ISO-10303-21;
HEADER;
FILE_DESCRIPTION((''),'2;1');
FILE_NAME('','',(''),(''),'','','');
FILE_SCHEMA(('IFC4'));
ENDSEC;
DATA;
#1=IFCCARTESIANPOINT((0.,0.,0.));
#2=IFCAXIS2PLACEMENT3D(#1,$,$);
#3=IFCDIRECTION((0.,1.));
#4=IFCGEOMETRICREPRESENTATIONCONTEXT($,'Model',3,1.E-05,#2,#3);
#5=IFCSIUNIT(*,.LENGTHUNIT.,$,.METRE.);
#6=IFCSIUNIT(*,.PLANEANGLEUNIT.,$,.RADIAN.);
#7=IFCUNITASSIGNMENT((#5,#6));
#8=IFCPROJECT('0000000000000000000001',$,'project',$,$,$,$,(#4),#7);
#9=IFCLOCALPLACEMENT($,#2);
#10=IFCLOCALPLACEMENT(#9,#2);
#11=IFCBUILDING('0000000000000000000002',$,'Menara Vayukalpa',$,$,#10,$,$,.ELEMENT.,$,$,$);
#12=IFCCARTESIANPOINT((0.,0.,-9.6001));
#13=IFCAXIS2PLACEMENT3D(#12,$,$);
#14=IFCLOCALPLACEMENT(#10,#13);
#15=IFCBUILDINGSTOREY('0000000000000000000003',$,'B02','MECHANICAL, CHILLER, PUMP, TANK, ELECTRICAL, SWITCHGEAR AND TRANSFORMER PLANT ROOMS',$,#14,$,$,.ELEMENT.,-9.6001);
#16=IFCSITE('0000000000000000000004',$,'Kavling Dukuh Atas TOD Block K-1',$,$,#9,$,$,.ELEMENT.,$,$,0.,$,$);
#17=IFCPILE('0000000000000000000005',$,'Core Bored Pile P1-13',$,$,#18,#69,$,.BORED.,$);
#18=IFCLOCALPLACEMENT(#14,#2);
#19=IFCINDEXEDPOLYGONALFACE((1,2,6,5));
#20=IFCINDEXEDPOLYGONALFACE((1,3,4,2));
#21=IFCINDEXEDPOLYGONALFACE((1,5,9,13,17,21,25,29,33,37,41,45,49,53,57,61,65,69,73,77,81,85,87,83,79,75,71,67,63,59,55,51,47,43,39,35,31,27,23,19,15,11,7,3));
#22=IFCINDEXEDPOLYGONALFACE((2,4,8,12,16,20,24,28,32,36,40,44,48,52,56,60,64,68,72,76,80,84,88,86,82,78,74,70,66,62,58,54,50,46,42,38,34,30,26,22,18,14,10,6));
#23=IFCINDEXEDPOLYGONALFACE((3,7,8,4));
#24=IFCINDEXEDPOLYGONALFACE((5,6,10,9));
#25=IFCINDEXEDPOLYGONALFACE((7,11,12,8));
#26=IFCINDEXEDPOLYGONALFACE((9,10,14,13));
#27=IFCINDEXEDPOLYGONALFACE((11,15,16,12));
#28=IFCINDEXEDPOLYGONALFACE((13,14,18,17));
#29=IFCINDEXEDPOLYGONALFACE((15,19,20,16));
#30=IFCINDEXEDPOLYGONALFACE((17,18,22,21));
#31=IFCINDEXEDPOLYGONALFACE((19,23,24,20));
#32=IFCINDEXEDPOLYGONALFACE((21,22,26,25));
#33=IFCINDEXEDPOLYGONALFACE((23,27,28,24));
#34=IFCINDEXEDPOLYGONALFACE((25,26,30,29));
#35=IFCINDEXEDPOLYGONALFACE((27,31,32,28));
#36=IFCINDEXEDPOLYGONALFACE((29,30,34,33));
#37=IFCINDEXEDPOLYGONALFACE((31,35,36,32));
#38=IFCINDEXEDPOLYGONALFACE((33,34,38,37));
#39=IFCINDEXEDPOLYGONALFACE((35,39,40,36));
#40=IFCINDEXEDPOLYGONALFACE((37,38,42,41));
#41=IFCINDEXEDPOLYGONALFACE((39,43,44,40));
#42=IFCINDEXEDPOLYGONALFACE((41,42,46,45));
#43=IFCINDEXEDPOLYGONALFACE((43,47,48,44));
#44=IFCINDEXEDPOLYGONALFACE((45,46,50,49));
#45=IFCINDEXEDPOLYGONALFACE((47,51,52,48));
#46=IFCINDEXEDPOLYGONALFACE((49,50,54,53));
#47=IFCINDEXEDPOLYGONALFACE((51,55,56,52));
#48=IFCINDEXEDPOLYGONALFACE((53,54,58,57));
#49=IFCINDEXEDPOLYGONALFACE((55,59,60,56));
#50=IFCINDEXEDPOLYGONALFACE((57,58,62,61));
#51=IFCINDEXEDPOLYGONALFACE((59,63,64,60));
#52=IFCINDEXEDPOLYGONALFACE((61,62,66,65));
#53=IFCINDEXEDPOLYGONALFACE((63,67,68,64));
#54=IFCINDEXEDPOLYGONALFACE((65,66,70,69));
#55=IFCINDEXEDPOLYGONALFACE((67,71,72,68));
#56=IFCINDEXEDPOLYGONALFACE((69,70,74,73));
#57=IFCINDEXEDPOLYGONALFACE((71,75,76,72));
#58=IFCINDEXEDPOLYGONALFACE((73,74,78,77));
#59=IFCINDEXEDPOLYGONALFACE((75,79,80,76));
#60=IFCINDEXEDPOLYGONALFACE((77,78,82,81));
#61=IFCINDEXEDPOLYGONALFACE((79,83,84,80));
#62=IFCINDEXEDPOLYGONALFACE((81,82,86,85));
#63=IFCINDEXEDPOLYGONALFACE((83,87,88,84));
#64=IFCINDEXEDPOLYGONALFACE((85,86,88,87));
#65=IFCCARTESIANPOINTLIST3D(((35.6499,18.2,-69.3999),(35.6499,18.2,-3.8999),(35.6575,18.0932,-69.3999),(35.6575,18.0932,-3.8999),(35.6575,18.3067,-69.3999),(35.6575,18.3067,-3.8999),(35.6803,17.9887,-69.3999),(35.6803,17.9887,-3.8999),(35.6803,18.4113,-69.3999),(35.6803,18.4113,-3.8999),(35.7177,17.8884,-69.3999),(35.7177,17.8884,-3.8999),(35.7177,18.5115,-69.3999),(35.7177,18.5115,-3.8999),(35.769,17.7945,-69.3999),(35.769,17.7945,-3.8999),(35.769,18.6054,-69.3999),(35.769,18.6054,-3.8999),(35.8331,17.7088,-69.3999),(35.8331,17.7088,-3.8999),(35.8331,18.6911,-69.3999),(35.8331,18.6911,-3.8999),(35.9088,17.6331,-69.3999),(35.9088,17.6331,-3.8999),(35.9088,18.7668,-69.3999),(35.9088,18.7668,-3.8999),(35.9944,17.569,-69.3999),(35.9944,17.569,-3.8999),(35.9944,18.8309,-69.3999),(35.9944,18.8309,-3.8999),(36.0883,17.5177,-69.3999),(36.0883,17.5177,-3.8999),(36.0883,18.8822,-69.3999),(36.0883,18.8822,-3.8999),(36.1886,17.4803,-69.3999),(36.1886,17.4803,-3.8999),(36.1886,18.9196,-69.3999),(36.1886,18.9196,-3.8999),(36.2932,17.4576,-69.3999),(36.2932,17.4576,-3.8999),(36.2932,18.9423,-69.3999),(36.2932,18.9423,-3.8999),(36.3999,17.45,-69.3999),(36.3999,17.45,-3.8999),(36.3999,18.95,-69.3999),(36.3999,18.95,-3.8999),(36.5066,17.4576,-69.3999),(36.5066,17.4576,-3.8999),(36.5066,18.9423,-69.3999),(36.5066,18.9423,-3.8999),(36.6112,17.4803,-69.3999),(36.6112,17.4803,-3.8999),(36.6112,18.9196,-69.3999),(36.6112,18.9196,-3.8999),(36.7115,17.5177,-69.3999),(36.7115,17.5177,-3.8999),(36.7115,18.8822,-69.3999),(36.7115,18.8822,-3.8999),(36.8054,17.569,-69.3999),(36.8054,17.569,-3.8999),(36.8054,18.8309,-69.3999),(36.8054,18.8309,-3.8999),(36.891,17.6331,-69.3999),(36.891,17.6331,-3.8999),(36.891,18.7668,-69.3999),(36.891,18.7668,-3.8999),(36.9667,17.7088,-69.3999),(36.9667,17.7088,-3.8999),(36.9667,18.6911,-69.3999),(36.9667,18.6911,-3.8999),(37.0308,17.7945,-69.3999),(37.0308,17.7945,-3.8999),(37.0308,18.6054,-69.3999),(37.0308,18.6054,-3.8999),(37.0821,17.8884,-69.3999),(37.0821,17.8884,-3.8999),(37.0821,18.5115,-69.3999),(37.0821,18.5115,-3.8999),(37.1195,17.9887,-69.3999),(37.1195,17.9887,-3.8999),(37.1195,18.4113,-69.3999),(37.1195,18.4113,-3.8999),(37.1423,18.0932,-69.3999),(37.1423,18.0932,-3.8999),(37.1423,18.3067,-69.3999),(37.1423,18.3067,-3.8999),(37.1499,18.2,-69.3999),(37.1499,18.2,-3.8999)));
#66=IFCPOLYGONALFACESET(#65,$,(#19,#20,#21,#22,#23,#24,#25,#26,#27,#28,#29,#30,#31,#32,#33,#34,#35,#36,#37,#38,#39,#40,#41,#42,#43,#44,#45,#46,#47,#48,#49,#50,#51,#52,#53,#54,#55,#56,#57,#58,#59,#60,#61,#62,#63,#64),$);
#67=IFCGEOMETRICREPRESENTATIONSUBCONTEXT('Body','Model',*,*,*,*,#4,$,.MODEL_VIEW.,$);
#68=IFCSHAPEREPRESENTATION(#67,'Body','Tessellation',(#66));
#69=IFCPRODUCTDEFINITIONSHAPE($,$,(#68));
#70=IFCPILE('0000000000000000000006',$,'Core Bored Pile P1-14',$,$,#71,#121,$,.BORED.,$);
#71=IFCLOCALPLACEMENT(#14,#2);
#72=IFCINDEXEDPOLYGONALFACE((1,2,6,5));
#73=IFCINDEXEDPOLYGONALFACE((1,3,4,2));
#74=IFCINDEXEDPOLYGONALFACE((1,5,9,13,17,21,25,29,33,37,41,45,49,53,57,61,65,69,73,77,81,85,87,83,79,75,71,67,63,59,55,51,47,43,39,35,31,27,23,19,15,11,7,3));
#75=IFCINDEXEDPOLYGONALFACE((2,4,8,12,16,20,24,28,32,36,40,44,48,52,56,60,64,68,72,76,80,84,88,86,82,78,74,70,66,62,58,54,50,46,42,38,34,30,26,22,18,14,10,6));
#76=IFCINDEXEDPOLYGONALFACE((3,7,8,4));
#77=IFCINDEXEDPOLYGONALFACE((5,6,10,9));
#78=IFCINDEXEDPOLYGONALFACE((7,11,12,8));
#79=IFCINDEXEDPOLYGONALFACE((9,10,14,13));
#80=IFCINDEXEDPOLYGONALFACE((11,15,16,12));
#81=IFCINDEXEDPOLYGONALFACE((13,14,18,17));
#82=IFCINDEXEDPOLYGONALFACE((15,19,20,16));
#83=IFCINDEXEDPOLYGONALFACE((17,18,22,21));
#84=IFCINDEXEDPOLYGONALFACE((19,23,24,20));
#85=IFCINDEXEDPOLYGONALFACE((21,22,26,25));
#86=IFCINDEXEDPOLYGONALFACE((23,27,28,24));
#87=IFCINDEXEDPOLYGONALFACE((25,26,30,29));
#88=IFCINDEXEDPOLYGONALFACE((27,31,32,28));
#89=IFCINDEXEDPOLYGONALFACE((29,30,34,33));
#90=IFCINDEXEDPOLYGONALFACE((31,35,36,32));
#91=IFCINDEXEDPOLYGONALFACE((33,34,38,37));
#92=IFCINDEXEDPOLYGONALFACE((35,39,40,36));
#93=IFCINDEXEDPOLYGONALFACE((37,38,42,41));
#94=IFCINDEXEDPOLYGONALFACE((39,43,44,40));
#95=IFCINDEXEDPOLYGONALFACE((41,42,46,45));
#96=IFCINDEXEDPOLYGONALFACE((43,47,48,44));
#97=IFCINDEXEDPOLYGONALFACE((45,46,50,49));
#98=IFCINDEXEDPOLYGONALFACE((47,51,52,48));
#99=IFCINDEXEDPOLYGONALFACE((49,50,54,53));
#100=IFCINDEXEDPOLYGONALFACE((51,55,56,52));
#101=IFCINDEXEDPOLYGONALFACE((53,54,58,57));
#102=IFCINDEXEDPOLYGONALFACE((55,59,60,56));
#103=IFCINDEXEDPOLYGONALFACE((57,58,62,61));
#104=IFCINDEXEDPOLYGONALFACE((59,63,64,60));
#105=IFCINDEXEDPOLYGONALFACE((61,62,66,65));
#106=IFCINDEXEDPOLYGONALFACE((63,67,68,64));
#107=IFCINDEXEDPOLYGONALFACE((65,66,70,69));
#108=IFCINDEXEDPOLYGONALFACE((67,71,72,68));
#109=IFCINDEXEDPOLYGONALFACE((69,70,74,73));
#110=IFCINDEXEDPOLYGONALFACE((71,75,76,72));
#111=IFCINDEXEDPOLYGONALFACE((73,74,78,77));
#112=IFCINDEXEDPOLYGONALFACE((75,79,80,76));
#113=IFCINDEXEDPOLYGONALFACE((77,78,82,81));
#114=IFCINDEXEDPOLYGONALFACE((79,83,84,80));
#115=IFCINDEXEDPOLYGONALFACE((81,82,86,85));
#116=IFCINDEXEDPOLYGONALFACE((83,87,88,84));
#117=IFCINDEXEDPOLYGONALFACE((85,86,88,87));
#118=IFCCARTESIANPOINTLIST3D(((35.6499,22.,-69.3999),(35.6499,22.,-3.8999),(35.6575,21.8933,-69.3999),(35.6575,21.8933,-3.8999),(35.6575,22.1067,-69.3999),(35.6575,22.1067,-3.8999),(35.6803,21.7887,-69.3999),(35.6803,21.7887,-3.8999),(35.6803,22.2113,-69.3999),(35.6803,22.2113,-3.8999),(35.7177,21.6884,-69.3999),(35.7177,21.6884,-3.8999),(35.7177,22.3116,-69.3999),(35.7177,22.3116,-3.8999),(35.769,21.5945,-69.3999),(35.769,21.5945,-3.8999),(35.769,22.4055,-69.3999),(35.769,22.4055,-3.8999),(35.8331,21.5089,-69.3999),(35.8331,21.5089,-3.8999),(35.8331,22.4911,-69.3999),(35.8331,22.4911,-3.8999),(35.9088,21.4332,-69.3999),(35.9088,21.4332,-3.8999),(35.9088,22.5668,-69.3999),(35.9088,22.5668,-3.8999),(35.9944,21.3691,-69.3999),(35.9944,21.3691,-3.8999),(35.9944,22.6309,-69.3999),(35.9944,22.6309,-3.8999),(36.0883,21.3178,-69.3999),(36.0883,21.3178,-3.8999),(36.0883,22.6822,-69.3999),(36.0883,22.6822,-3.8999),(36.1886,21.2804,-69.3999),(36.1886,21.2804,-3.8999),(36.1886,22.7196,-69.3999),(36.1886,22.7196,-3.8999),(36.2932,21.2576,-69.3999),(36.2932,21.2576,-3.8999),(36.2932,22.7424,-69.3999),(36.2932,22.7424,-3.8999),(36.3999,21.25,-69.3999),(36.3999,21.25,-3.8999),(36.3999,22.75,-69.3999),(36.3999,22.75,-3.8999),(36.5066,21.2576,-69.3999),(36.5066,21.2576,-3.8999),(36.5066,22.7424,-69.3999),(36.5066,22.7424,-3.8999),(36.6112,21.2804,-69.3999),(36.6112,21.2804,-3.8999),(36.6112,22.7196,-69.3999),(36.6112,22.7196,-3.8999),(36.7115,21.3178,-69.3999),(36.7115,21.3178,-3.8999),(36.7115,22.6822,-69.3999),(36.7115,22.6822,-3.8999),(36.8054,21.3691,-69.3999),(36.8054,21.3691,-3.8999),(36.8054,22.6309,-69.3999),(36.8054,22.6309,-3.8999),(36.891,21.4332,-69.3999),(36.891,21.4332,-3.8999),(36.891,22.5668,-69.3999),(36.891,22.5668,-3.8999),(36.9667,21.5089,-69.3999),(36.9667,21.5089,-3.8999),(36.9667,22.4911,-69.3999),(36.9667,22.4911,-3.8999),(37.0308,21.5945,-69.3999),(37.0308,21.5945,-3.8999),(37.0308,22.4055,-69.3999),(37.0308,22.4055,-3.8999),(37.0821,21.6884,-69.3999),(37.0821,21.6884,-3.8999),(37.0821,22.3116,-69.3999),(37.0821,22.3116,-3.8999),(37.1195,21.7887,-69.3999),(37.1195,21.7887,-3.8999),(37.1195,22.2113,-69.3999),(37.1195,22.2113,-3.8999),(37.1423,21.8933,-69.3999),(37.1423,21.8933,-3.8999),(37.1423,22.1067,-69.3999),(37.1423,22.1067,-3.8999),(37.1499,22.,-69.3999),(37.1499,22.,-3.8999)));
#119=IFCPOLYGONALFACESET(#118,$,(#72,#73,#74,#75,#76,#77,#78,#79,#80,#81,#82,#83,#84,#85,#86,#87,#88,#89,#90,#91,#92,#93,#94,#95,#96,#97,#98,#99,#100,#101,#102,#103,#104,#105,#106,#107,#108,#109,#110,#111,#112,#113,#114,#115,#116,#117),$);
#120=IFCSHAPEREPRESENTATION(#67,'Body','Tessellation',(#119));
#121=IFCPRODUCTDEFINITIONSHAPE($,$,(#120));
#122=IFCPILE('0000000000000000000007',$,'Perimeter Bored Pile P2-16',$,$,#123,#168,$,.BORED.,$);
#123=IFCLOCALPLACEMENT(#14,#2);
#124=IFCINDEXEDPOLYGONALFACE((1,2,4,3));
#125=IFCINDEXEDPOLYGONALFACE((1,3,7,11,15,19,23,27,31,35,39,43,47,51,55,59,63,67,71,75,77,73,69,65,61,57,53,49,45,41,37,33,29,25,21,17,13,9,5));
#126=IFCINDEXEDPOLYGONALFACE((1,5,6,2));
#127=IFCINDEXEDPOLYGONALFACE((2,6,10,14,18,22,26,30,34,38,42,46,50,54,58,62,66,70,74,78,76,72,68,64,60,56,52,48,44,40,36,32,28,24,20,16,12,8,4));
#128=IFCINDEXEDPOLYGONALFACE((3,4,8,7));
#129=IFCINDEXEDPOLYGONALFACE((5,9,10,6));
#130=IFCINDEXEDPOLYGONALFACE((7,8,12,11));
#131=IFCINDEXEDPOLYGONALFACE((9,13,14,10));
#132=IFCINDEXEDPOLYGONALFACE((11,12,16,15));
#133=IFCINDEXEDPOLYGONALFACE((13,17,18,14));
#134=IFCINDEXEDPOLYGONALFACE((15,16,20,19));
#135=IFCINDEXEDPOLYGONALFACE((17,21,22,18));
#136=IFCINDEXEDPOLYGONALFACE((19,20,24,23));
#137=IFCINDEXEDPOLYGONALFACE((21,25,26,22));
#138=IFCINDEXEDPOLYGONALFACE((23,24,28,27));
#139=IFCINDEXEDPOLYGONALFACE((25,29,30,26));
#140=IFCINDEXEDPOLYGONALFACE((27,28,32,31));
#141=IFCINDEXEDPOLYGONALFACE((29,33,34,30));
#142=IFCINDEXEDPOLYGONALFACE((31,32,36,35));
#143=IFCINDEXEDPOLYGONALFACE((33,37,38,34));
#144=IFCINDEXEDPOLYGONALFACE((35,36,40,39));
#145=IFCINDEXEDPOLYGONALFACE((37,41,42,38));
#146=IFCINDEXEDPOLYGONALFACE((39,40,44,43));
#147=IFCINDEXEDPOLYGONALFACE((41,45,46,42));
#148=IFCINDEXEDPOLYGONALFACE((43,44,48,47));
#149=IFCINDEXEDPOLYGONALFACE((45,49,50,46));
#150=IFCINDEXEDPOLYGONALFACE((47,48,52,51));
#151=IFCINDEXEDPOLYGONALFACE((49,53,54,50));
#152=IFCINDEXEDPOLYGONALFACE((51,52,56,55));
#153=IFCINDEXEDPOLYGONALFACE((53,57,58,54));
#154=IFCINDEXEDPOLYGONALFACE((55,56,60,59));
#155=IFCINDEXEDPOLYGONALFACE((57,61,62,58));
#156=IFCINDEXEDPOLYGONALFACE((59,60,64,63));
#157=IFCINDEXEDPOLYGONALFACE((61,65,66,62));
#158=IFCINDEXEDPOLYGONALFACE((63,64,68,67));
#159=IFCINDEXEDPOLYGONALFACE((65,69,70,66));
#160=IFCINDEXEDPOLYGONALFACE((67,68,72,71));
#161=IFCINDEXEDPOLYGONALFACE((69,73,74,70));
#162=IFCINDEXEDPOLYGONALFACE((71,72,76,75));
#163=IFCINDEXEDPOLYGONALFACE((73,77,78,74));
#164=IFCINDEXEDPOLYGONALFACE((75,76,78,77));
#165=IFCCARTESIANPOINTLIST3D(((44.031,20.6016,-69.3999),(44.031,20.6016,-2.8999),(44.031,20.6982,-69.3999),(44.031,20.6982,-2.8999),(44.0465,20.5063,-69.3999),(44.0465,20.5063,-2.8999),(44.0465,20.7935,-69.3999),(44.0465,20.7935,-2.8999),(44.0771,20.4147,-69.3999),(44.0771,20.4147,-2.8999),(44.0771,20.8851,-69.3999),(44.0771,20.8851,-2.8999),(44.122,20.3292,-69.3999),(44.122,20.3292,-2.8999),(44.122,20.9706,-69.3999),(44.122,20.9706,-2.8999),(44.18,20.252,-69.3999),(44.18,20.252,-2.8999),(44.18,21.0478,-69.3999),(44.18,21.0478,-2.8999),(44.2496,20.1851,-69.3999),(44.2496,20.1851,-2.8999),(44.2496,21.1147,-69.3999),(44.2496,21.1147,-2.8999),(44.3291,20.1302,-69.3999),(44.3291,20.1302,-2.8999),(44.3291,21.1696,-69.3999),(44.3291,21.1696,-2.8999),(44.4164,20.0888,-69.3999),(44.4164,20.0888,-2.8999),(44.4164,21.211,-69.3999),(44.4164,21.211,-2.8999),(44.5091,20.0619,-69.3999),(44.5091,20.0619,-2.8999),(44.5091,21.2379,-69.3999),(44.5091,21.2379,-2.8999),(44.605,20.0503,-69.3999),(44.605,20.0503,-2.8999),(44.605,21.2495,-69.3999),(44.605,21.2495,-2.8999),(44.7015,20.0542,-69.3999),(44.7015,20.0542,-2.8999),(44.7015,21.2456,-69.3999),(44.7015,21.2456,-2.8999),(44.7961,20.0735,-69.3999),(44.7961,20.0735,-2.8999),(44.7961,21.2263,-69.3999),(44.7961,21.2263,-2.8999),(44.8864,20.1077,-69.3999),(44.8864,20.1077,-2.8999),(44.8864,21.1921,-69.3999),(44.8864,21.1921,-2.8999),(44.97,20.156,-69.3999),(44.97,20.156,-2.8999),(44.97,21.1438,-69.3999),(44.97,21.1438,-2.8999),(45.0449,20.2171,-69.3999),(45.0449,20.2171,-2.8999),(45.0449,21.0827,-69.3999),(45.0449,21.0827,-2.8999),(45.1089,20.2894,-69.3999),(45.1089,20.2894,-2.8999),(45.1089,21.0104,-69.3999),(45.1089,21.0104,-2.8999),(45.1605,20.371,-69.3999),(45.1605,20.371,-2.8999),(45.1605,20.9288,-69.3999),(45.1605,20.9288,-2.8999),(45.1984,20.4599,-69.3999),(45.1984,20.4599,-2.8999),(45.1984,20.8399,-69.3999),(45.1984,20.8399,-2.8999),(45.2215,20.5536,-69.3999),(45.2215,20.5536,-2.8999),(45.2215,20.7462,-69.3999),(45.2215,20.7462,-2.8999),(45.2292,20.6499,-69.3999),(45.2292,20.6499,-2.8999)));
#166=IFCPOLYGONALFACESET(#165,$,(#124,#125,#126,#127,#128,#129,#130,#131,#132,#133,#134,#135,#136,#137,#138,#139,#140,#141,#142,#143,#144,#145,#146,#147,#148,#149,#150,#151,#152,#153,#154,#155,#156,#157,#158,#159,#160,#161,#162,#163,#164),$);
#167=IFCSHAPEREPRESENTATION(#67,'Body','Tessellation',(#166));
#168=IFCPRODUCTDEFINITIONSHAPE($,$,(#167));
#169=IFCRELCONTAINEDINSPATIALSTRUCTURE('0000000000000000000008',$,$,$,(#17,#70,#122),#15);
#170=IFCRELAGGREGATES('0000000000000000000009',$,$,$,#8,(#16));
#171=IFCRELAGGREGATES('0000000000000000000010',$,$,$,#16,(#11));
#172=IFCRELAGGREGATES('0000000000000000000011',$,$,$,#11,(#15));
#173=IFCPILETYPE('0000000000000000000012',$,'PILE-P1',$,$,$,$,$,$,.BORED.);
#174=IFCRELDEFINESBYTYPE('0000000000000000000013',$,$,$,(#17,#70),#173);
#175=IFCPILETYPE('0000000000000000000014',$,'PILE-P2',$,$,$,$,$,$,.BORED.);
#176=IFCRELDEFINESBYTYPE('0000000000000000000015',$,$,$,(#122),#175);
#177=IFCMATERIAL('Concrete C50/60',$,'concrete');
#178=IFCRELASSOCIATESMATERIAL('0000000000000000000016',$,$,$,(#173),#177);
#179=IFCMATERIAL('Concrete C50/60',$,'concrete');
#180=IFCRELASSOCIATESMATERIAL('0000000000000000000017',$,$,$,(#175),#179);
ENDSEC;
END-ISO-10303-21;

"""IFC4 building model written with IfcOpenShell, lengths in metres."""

from ifc_helpers import new_model, si_unit, direction, frame, origin, origin_2d, place, context, subcontext, project, spatial, circle, extrude, material, material_profile, profile_set, type_object, element, save


model = new_model("IFC4")

# Units and contexts
model_context = context("Model", 3, precision=1e-05, world=origin(), true_north=direction((0.0, 1.0)))
body_context = subcontext(model_context, "Body", "Model", "MODEL_VIEW")
ifc_project = project(units=[si_unit("LENGTHUNIT", "METRE"), si_unit("PLANEANGLEUNIT", "RADIAN")], contexts=[model_context])

# Site, building, storey
site_placement = place(None, origin())
site = spatial("IfcSite", under=ifc_project, at=site_placement, Name="Kavling Dukuh Atas TOD Block K-1", CompositionType="ELEMENT", RefElevation=0.0)
building_placement = place(site_placement, origin())
building = spatial("IfcBuilding", under=site, at=building_placement, Name="Menara Vayukalpa", CompositionType="ELEMENT")
storey_placement = place(building_placement, frame((0.0, 0.0, -9.6001)))
storey = spatial("IfcBuildingStorey", under=building, at=storey_placement, Name="B02", Description="MECHANICAL, CHILLER, PUMP, TANK, ELECTRICAL, SWITCHGEAR AND TRANSFORMER PLANT ROOMS", CompositionType="ELEMENT", Elevation=-9.6001)

# Piles
ifc_material_1 = material(Name="Concrete C50/60", Category="concrete")
ifc_material_profile_1 = material_profile(ifc_material_1, circle(Radius=0.75, at=origin_2d()), Name="PILE D1500")
ifc_profile_set_1 = profile_set([ifc_material_profile_1], Name="Concrete C50/60")
pile_type_1 = type_object("IfcPileType", Name="PILE-P1", PredefinedType="BORED", material=ifc_profile_set_1)
for number, where, z_axis, x_axis, name in (
    (1, (36.3999, 18.2, -3.8999), (0.0, 0.0, -1.0), (1.0, 0.0, 0.0), "Core Bored Pile P1-13"),
    (2, (36.3999, 22.0, -3.8999), (0.0, 0.0, -1.0), (1.0, 0.0, 0.0), "Core Bored Pile P1-14"),
):
    element("IfcPile", number, at=place(storey_placement, frame(where, z_axis=z_axis, x_axis=x_axis)), inside=storey, type_object=pile_type_1, Name=name, PredefinedType="BORED", context=body_context, shape_type="SweptSolid", body=[
        extrude(circle(Radius=0.75, at=origin_2d()), origin(), (0.0, 0.0, 1.0), 65.5),
    ])
ifc_material_2 = material(Name="Concrete C50/60", Category="concrete")
ifc_material_profile_2 = material_profile(ifc_material_2, circle(Radius=0.6001, at=origin_2d()), Name="PILE D1200")
ifc_profile_set_2 = profile_set([ifc_material_profile_2], Name="Concrete C50/60")
pile_type_2 = type_object("IfcPileType", Name="PILE-P2", PredefinedType="BORED", material=ifc_profile_set_2)
for number, where, z_axis, x_axis, name in (
    (3, (44.6292, 20.6499, -2.8999), (0.0, 0.0, -1.0), (1.0, 0.0, 0.0), "Perimeter Bored Pile P2-16"),
):
    element("IfcPile", number, at=place(storey_placement, frame(where, z_axis=z_axis, x_axis=x_axis)), inside=storey, type_object=pile_type_2, Name=name, PredefinedType="BORED", context=body_context, shape_type="SweptSolid", body=[
        extrude(circle(Radius=0.6001, at=origin_2d()), origin(), (0.0, 0.0, 1.0), 66.5),
    ])

save(model, "model.ifc")
